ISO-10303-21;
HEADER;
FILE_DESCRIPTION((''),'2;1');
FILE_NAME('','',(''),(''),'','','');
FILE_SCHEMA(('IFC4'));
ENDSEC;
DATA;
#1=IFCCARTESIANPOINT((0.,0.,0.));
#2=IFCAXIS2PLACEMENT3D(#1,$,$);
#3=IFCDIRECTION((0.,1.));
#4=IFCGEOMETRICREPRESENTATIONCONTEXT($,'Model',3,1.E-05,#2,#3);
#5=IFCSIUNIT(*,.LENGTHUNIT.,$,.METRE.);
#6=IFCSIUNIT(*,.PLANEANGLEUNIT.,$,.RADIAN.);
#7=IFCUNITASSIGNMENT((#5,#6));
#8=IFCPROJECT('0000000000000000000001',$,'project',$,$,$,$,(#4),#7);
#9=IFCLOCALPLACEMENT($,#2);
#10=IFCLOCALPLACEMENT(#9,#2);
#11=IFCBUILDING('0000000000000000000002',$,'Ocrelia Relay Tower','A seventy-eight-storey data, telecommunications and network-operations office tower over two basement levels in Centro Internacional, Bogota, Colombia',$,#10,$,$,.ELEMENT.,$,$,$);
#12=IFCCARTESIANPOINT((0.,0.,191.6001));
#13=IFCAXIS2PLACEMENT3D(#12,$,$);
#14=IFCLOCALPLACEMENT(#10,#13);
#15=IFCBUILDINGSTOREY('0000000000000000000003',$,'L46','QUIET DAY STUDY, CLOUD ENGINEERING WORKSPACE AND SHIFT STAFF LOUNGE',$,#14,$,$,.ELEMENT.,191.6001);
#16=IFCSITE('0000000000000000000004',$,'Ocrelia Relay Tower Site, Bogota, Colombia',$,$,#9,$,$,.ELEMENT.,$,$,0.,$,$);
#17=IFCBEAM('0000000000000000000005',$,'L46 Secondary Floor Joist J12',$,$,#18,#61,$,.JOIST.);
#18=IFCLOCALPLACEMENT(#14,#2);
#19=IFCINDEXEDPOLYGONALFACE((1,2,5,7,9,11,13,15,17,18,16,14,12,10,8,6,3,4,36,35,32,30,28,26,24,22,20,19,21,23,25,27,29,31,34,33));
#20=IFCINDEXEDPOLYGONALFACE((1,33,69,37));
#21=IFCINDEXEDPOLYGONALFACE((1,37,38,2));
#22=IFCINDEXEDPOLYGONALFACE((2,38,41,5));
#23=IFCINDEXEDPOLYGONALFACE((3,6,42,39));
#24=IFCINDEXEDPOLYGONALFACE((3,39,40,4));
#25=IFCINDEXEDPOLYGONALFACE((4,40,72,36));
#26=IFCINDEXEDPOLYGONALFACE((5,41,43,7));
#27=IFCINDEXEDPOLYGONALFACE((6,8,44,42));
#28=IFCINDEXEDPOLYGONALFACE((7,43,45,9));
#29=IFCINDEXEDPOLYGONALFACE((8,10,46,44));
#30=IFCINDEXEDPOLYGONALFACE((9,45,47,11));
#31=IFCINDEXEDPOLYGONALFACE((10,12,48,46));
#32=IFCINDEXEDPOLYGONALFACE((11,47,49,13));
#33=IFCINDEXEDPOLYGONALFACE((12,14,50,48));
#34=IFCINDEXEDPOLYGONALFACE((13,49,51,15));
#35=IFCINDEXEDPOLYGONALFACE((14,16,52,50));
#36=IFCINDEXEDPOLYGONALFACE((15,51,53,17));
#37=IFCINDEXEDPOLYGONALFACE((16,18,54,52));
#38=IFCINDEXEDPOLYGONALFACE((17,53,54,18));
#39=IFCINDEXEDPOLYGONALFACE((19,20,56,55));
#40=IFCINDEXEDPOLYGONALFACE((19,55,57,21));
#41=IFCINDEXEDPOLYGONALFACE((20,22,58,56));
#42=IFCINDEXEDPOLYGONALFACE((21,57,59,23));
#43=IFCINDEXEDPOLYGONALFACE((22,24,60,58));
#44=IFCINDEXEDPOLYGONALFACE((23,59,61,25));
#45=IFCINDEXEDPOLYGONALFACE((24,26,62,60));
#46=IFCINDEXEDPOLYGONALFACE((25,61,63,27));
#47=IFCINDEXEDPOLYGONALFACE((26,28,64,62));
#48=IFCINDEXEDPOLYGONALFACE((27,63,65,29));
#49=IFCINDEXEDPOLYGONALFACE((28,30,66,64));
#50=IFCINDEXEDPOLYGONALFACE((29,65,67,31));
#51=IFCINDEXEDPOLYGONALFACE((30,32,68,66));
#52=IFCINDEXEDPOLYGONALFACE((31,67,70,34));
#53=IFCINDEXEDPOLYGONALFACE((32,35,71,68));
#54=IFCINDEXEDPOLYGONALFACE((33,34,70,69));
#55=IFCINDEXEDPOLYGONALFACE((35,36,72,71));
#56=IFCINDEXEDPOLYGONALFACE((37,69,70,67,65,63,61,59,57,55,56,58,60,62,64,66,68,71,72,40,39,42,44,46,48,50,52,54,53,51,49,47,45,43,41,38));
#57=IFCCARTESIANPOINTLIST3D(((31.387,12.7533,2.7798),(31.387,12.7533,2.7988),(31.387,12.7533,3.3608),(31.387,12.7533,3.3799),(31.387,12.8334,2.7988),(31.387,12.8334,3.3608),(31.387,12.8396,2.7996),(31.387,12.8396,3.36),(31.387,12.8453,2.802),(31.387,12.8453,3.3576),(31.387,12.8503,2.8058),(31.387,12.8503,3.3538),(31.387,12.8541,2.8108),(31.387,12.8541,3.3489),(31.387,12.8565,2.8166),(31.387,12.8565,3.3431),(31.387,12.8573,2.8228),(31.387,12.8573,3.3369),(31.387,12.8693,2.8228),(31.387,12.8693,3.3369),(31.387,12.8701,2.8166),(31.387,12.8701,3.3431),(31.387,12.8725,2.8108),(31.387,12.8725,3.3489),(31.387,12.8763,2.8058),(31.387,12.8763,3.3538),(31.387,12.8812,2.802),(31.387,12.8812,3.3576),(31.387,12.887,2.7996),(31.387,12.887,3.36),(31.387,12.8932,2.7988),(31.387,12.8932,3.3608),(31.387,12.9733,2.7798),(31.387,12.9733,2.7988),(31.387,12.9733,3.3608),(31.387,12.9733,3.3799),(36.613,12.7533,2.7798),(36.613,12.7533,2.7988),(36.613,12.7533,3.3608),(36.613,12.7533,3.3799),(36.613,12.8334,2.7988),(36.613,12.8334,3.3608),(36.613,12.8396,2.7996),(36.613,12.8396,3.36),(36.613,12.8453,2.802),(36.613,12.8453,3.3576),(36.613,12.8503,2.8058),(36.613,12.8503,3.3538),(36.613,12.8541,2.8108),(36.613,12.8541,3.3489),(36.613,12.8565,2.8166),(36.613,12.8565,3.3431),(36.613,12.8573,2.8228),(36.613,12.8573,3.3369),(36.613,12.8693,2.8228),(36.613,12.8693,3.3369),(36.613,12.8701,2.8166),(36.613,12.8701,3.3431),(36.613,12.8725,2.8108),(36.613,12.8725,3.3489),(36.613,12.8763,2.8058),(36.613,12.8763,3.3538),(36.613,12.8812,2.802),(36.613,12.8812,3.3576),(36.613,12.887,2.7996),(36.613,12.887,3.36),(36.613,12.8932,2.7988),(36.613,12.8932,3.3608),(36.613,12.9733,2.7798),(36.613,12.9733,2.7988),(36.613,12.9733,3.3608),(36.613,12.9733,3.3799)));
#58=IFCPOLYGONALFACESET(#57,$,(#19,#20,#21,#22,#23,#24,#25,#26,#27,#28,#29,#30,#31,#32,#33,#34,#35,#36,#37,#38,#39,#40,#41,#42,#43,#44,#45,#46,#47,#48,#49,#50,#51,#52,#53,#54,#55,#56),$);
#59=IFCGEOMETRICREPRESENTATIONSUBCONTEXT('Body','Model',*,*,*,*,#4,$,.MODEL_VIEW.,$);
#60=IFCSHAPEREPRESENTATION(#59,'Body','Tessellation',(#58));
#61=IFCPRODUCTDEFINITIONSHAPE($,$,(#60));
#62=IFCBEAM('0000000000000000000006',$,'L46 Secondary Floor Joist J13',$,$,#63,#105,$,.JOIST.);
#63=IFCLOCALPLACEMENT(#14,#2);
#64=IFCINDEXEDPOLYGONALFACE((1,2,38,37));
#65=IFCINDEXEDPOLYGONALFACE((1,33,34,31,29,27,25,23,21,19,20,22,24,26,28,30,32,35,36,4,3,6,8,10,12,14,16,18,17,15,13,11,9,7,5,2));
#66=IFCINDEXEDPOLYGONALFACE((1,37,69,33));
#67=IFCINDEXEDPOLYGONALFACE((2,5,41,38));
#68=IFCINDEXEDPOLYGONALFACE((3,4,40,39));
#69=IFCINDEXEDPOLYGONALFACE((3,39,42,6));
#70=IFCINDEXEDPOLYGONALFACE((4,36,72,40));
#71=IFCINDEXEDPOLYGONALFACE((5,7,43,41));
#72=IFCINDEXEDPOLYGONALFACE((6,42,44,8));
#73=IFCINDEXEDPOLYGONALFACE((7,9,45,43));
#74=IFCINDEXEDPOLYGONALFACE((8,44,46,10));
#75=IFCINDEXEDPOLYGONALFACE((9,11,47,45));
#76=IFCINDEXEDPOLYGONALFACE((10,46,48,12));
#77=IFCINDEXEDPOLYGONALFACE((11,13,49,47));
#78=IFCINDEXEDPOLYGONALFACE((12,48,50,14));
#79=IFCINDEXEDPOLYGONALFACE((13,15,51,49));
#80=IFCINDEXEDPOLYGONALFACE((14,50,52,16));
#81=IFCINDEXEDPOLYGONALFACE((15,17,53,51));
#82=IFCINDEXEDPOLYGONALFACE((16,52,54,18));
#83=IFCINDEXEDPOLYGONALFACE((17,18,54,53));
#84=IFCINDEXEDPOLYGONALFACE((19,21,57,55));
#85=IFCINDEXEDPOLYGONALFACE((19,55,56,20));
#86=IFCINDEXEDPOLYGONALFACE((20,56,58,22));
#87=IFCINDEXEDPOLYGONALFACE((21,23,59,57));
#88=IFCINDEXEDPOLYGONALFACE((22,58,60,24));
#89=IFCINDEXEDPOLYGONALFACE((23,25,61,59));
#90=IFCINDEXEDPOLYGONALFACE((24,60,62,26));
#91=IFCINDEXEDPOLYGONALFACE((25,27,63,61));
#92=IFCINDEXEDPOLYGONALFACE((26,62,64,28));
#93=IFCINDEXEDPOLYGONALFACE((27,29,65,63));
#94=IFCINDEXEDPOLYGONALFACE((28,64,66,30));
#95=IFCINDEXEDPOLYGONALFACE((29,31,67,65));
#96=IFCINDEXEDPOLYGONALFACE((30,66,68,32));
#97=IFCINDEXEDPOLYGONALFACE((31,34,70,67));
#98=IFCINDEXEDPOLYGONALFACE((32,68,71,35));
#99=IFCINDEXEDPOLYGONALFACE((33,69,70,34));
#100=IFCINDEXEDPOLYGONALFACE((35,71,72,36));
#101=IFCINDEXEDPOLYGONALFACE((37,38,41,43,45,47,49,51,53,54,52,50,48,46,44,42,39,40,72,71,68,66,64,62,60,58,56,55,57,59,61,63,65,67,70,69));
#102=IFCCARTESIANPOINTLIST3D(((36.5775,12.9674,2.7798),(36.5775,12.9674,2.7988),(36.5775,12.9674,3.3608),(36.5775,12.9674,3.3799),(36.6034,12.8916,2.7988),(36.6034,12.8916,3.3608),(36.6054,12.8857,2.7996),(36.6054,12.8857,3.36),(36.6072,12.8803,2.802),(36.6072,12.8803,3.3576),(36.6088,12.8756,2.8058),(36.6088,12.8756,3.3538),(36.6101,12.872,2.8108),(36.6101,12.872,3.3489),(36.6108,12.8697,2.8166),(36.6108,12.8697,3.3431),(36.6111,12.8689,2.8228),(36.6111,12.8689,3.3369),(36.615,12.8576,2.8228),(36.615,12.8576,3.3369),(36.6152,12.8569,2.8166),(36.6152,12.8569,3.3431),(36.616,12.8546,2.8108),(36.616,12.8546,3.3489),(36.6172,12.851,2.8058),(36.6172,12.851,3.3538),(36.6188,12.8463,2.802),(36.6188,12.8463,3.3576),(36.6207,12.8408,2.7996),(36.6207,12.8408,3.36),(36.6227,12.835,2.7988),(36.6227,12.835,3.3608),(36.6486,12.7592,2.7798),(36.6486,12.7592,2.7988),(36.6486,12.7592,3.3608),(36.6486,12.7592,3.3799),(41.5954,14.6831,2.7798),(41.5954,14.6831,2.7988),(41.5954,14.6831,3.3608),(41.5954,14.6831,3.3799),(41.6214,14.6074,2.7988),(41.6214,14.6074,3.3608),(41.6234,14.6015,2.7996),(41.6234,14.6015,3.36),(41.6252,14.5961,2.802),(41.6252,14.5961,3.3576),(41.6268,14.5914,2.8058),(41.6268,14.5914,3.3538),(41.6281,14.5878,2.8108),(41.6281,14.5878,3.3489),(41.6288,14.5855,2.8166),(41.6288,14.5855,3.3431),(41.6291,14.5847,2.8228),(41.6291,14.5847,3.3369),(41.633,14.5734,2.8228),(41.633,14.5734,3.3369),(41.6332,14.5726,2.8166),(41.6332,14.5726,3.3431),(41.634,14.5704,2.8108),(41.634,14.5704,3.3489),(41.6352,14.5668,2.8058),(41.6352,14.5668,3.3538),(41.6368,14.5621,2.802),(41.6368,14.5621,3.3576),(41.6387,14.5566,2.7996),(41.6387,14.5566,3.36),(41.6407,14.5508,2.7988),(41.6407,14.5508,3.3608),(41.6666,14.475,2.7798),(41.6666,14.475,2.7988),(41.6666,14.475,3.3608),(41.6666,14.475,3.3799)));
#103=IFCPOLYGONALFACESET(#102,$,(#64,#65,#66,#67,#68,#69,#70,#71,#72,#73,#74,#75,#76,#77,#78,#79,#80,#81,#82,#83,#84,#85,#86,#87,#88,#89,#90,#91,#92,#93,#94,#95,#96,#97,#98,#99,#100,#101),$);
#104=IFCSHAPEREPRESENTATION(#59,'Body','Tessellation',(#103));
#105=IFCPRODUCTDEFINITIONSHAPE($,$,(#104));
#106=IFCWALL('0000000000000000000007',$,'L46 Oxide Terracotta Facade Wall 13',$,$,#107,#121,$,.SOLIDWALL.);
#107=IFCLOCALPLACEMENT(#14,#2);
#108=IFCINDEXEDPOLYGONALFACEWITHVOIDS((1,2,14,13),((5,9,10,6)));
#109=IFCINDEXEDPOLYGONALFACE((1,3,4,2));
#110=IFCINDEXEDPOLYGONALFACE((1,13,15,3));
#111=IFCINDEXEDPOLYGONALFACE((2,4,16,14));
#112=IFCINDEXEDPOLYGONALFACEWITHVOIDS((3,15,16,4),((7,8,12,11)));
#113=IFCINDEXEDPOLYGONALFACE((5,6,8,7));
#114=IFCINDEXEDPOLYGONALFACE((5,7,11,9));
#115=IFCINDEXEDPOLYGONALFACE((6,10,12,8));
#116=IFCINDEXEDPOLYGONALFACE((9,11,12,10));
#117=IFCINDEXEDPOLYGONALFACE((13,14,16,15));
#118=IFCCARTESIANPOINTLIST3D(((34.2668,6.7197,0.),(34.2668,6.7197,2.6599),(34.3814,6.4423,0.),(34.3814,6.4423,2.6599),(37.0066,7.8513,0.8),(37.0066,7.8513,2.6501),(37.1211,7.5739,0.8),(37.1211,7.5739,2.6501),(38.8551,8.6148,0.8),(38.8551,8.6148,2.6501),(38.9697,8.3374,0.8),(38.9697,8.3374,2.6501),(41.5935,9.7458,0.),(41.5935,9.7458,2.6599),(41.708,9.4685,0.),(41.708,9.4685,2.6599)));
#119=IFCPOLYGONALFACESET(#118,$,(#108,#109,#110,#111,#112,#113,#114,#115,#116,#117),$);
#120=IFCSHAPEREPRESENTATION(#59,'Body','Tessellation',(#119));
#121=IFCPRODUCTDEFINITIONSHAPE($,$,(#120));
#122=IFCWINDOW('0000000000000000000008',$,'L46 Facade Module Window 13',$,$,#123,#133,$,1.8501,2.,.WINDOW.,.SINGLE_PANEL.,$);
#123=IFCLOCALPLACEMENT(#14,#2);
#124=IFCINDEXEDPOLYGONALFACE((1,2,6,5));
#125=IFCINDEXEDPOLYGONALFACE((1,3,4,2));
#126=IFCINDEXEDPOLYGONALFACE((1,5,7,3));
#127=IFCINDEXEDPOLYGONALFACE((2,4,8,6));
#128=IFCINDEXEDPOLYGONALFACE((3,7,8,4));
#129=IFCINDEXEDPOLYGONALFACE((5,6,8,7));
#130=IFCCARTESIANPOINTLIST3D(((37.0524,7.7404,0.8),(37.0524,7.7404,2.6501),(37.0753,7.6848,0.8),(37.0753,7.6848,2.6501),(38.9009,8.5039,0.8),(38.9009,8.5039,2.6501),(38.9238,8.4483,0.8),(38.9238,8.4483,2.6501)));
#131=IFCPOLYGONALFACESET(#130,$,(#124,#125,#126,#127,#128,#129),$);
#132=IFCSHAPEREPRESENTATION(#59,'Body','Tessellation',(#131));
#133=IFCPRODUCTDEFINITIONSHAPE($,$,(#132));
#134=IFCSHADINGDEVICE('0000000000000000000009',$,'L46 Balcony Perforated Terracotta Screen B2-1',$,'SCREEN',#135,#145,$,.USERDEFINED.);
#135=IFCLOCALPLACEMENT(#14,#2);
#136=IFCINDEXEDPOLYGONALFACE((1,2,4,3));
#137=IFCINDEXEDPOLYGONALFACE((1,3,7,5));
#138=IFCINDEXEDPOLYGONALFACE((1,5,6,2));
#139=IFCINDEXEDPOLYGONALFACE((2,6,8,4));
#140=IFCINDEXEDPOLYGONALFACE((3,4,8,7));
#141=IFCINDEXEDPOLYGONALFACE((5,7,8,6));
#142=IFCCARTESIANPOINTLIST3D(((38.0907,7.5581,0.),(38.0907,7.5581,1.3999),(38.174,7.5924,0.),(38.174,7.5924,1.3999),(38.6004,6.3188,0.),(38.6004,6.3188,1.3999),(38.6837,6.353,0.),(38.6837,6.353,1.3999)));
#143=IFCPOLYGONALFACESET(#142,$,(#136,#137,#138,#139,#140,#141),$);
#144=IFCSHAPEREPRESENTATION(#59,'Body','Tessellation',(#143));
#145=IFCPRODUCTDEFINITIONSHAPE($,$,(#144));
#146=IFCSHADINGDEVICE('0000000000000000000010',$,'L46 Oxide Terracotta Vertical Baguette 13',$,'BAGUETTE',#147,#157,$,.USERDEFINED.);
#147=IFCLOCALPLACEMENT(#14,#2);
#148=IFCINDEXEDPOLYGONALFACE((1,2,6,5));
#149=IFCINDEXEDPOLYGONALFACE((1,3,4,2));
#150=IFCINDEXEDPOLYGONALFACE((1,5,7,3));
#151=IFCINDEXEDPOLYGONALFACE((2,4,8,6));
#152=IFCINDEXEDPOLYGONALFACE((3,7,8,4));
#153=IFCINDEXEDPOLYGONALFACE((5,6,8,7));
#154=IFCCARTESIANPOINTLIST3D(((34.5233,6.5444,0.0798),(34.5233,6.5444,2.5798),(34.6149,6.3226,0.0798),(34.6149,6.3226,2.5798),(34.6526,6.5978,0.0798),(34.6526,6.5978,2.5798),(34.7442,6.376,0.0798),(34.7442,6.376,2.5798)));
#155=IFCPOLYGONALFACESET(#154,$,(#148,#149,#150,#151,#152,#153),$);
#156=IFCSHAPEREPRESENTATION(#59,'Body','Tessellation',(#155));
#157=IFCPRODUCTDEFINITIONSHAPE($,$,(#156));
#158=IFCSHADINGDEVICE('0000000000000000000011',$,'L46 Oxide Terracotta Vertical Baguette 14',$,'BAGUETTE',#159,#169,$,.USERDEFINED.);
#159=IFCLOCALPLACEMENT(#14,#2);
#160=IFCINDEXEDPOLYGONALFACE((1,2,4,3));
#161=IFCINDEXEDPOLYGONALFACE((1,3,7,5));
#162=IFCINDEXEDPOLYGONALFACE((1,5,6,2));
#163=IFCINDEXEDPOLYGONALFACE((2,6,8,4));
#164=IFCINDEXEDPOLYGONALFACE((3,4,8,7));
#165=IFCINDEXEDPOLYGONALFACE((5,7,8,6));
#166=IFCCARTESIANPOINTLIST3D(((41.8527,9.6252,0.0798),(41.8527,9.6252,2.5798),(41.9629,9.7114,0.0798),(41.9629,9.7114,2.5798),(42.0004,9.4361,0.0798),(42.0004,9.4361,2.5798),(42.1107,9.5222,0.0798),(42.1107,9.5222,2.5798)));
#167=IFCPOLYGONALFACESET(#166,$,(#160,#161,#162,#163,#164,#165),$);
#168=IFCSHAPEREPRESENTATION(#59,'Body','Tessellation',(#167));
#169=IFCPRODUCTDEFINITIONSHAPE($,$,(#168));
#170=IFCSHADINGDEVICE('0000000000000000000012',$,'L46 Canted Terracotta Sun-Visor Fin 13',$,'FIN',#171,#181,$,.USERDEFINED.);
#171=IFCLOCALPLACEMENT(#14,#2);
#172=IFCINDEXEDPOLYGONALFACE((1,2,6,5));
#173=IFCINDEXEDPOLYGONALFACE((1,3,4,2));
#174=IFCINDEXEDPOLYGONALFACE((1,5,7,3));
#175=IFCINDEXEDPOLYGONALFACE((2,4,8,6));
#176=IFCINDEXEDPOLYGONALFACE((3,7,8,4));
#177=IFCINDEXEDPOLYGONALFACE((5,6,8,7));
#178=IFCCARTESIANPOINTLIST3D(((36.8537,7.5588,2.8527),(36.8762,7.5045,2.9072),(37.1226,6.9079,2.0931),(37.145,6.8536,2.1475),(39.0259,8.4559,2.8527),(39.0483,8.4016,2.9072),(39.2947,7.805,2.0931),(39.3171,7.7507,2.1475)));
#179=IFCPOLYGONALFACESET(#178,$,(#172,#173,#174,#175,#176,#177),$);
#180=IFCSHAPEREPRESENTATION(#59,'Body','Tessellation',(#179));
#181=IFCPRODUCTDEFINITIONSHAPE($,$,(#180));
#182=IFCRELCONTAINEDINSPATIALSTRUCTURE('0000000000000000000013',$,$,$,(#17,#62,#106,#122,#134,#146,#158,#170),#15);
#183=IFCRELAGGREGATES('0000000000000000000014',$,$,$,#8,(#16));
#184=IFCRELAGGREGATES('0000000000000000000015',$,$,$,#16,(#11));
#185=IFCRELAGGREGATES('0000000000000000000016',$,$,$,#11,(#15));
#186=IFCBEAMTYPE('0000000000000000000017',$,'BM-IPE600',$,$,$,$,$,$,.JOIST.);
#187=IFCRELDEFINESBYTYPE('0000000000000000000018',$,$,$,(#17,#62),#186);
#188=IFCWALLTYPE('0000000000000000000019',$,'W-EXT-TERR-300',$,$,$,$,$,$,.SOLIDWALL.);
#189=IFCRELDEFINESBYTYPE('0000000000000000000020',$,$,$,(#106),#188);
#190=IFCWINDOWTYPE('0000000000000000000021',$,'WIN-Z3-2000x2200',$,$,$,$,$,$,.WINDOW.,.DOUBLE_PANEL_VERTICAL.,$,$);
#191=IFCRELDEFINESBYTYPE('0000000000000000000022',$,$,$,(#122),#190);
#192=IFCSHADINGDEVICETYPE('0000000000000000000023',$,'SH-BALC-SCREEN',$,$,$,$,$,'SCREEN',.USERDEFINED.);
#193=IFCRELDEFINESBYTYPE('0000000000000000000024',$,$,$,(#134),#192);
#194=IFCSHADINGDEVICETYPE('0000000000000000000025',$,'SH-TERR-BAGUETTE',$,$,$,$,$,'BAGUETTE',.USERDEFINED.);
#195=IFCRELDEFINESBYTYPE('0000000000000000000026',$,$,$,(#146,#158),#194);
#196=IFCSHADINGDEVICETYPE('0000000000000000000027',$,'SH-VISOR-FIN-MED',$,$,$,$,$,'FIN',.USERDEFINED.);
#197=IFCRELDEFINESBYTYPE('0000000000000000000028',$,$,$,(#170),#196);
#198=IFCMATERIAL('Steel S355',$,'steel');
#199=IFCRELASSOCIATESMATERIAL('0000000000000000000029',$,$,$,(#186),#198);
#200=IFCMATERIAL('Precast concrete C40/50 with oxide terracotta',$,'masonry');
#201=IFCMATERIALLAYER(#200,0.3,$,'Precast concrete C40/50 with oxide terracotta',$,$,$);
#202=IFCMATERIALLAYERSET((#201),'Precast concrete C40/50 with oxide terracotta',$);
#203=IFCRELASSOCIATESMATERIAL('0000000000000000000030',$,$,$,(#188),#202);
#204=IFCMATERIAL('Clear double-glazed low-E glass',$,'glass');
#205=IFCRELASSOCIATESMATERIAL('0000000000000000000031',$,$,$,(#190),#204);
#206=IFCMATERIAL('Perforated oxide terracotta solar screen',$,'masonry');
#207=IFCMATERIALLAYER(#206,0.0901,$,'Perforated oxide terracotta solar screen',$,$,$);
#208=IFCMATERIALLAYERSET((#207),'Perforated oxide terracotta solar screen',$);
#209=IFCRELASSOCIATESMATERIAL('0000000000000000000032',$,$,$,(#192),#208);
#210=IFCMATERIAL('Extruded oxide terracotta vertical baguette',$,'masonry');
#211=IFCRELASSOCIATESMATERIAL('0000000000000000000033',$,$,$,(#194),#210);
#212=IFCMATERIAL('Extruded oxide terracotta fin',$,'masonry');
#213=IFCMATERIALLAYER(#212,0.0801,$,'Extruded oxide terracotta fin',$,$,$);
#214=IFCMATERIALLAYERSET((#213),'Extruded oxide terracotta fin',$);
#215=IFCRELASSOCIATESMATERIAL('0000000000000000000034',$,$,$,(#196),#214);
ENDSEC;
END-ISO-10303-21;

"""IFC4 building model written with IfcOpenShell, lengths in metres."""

from ifc_helpers import new_model, si_unit, direction, frame, frame_2d, origin, origin_2d, place, context, subcontext, project, spatial, rectangle, i_section, extrude, material, layer, layer_set, material_profile, profile_set, type_object, element, fill, save


model = new_model("IFC4")

# Units and contexts
model_context = context("Model", 3, precision=1e-05, world=origin(), true_north=direction((0.0, 1.0)))
body_context = subcontext(model_context, "Body", "Model", "MODEL_VIEW")
ifc_project = project(units=[si_unit("LENGTHUNIT", "METRE"), si_unit("PLANEANGLEUNIT", "RADIAN")], contexts=[model_context])

# Site, building, storey
site_placement = place(None, origin())
site = spatial("IfcSite", under=ifc_project, at=site_placement, Name="Ocrelia Relay Tower Site, Bogota, Colombia", CompositionType="ELEMENT", RefElevation=0.0)
building_placement = place(site_placement, origin())
building = spatial("IfcBuilding", under=site, at=building_placement, Name="Ocrelia Relay Tower", Description="A seventy-eight-storey data, telecommunications and network-operations office tower over two basement levels in Centro Internacional, Bogota, Colombia", CompositionType="ELEMENT")
storey_placement = place(building_placement, frame((0.0, 0.0, 191.6001)))
storey = spatial("IfcBuildingStorey", under=building, at=storey_placement, Name="L46", Description="QUIET DAY STUDY, CLOUD ENGINEERING WORKSPACE AND SHIFT STAFF LOUNGE", CompositionType="ELEMENT", Elevation=191.6001)

# Beams
ifc_material_1 = material(Name="Steel S355", Category="steel")
ifc_material_profile_1 = material_profile(ifc_material_1, i_section(OverallWidth=0.22, OverallDepth=0.6001, WebThickness=0.012, FlangeThickness=0.019, FilletRadius=0.0239, at=origin_2d()), Name="IPE 600")
ifc_profile_set_1 = profile_set([ifc_material_profile_1], Name="Steel S355")
beam_type_1 = type_object("IfcBeamType", Name="BM-IPE600", PredefinedType="JOIST", material=ifc_profile_set_1)
beam_1_placement = place(storey_placement, frame((31.387, 12.8633, 3.0798), z_axis=(1.0, 0.0, 0.0), x_axis=(0.0, 1.0, 0.0)))
element("IfcBeam", 1, at=beam_1_placement, inside=storey, type_object=beam_type_1, Name="L46 Secondary Floor Joist J12", PredefinedType="JOIST", context=body_context, shape_type="SweptSolid", body=[
    extrude(i_section(OverallWidth=0.22, OverallDepth=0.6001, WebThickness=0.012, FlangeThickness=0.019, FilletRadius=0.0239, at=origin_2d()), origin(), (0.0, 0.0, 1.0), 5.2261),
])
beam_2_placement = place(storey_placement, frame((36.613, 12.8633, 3.0798), z_axis=(0.946215, 0.323538, 0.0), x_axis=(-0.323538, 0.946215, 0.0)))
element("IfcBeam", 2, at=beam_2_placement, inside=storey, type_object=beam_type_1, Name="L46 Secondary Floor Joist J13", PredefinedType="JOIST", context=body_context, shape_type="SweptSolid", body=[
    extrude(i_section(OverallWidth=0.22, OverallDepth=0.6001, WebThickness=0.012, FlangeThickness=0.019, FilletRadius=0.0239, at=origin_2d()), origin(), (0.0, 0.0, 1.0), 5.3032),
])

# Wall, opening, window
ifc_material_2 = material(Name="Precast concrete C40/50 with oxide terracotta", Category="masonry")
ifc_layer_1 = layer(ifc_material_2, 0.3, Name="Precast concrete C40/50 with oxide terracotta")
ifc_layer_set_1 = layer_set([ifc_layer_1], Name="Precast concrete C40/50 with oxide terracotta")
wall_type = type_object("IfcWallType", Name="W-EXT-TERR-300", PredefinedType="SOLIDWALL", material=ifc_layer_set_1)
wall_1_placement = place(storey_placement, frame((34.3242, 6.5811, 0.0), z_axis=(0.0, 0.0, 1.0), x_axis=(0.924266, 0.381749, 0.0)))
wall_1 = element("IfcWall", 3, at=wall_1_placement, inside=storey, type_object=wall_type, Name="L46 Oxide Terracotta Facade Wall 13", PredefinedType="SOLIDWALL", context=body_context, shape_type="SweptSolid", body=[
    extrude(rectangle(XDim=7.927, YDim=0.3, at=frame_2d((3.9634, 0.0))), origin(), (0.0, 0.0, 1.0), 2.6599),
])
opening_1_placement = place(wall_1_placement, frame((2.9641, 0.0, 0.8)))
opening_1 = element("IfcOpeningElement", 4, at=opening_1_placement, cuts=wall_1, PredefinedType="OPENING", context=body_context, shape_type="SweptSolid", body=[
    extrude(rectangle(XDim=2.0, YDim=1.8501, at=frame_2d((1.0, 0.925))), frame((0.0, 0.1602, 0.0), z_axis=(0.0, -1.0, 0.0), x_axis=(1.0, 0.0, 0.0)), (0.0, 0.0, 1.0), 0.3201),
])
ifc_material_3 = material(Name="Clear double-glazed low-E glass", Category="glass")
window_type = type_object("IfcWindowType", Name="WIN-Z3-2000x2200", PartitioningType="DOUBLE_PANEL_VERTICAL", PredefinedType="WINDOW", material=ifc_material_3)
window_placement = place(opening_1_placement, origin())
window = element("IfcWindow", 5, at=window_placement, inside=storey, type_object=window_type, Name="L46 Facade Module Window 13", OverallHeight=1.8501, OverallWidth=2.0, PartitioningType="SINGLE_PANEL", PredefinedType="WINDOW", context=body_context, shape_type="SweptSolid", body=[
    extrude(rectangle(XDim=2.0, YDim=1.8501, at=frame_2d((1.0, 0.925))), frame((0.0, 0.03, 0.0), z_axis=(0.0, -1.0, 0.0), x_axis=(1.0, 0.0, 0.0)), (0.0, 0.0, 1.0), 0.0601),
])
fill(opening_1, window)

# Shading devices
ifc_material_4 = material(Name="Perforated oxide terracotta solar screen", Category="masonry")
ifc_layer_2 = layer(ifc_material_4, 0.0901, Name="Perforated oxide terracotta solar screen")
ifc_layer_set_2 = layer_set([ifc_layer_2], Name="Perforated oxide terracotta solar screen")
shading_device_type_1 = type_object("IfcShadingDeviceType", Name="SH-BALC-SCREEN", ElementType="SCREEN", PredefinedType="USERDEFINED", material=ifc_layer_set_2)
shading_device_1_placement = place(storey_placement, frame((38.3872, 6.9556, 0.0), z_axis=(0.0, 0.0, 1.0), x_axis=(0.380356, -0.92484, 0.0)))
element("IfcShadingDevice", 6, at=shading_device_1_placement, inside=storey, type_object=shading_device_type_1, Name="L46 Balcony Perforated Terracotta Screen B2-1", ObjectType="SCREEN", PredefinedType="USERDEFINED", context=body_context, shape_type="SweptSolid", body=[
    extrude(rectangle(XDim=1.3401, YDim=0.0901, at=origin_2d()), origin(), (0.0, 0.0, 1.0), 1.3999),
])
ifc_material_5 = material(Name="Extruded oxide terracotta vertical baguette", Category="masonry")
shading_device_type_2 = type_object("IfcShadingDeviceType", Name="SH-TERR-BAGUETTE", ElementType="BAGUETTE", PredefinedType="USERDEFINED", material=ifc_material_5)
for number, where, z_axis, x_axis, name in (
    (7, (34.6338, 6.4602, 0.0798), (0.0, 0.0, 1.0), (0.924268, 0.381744, 0.0), "L46 Oxide Terracotta Vertical Baguette 13"),
    (8, (41.9817, 9.5737, 0.0798), (0.0, 0.0, 1.0), (0.788008, 0.615665, 0.0), "L46 Oxide Terracotta Vertical Baguette 14"),
):
    element("IfcShadingDevice", number, at=place(storey_placement, frame(where, z_axis=z_axis, x_axis=x_axis)), inside=storey, type_object=shading_device_type_2, Name=name, ObjectType="BAGUETTE", PredefinedType="USERDEFINED", context=body_context, shape_type="SweptSolid", body=[
        extrude(rectangle(XDim=0.1399, YDim=0.24, at=origin_2d()), origin(), (0.0, 0.0, 1.0), 2.5),
    ])
ifc_material_6 = material(Name="Extruded oxide terracotta fin", Category="masonry")
ifc_layer_3 = layer(ifc_material_6, 0.0801, Name="Extruded oxide terracotta fin")
ifc_layer_set_3 = layer_set([ifc_layer_3], Name="Extruded oxide terracotta fin")
shading_device_type_3 = type_object("IfcShadingDeviceType", Name="SH-VISOR-FIN-MED", ElementType="FIN", PredefinedType="USERDEFINED", material=ifc_layer_set_3)
shading_device_2_placement = place(storey_placement, frame((38.0742, 7.6819, 2.4729), z_axis=(0.279961, -0.677834, 0.679825), x_axis=(0.924268, 0.381744, 0.0)))
element("IfcShadingDevice", 9, at=shading_device_2_placement, inside=storey, type_object=shading_device_type_3, Name="L46 Canted Terracotta Sun-Visor Fin 13", ObjectType="FIN", PredefinedType="USERDEFINED", context=body_context, shape_type="SweptSolid", body=[
    extrude(rectangle(XDim=2.3501, YDim=1.0359, at=origin_2d()), origin(), (0.0, 0.0, 1.0), 0.0801),
])

save(model, "model.ifc")
